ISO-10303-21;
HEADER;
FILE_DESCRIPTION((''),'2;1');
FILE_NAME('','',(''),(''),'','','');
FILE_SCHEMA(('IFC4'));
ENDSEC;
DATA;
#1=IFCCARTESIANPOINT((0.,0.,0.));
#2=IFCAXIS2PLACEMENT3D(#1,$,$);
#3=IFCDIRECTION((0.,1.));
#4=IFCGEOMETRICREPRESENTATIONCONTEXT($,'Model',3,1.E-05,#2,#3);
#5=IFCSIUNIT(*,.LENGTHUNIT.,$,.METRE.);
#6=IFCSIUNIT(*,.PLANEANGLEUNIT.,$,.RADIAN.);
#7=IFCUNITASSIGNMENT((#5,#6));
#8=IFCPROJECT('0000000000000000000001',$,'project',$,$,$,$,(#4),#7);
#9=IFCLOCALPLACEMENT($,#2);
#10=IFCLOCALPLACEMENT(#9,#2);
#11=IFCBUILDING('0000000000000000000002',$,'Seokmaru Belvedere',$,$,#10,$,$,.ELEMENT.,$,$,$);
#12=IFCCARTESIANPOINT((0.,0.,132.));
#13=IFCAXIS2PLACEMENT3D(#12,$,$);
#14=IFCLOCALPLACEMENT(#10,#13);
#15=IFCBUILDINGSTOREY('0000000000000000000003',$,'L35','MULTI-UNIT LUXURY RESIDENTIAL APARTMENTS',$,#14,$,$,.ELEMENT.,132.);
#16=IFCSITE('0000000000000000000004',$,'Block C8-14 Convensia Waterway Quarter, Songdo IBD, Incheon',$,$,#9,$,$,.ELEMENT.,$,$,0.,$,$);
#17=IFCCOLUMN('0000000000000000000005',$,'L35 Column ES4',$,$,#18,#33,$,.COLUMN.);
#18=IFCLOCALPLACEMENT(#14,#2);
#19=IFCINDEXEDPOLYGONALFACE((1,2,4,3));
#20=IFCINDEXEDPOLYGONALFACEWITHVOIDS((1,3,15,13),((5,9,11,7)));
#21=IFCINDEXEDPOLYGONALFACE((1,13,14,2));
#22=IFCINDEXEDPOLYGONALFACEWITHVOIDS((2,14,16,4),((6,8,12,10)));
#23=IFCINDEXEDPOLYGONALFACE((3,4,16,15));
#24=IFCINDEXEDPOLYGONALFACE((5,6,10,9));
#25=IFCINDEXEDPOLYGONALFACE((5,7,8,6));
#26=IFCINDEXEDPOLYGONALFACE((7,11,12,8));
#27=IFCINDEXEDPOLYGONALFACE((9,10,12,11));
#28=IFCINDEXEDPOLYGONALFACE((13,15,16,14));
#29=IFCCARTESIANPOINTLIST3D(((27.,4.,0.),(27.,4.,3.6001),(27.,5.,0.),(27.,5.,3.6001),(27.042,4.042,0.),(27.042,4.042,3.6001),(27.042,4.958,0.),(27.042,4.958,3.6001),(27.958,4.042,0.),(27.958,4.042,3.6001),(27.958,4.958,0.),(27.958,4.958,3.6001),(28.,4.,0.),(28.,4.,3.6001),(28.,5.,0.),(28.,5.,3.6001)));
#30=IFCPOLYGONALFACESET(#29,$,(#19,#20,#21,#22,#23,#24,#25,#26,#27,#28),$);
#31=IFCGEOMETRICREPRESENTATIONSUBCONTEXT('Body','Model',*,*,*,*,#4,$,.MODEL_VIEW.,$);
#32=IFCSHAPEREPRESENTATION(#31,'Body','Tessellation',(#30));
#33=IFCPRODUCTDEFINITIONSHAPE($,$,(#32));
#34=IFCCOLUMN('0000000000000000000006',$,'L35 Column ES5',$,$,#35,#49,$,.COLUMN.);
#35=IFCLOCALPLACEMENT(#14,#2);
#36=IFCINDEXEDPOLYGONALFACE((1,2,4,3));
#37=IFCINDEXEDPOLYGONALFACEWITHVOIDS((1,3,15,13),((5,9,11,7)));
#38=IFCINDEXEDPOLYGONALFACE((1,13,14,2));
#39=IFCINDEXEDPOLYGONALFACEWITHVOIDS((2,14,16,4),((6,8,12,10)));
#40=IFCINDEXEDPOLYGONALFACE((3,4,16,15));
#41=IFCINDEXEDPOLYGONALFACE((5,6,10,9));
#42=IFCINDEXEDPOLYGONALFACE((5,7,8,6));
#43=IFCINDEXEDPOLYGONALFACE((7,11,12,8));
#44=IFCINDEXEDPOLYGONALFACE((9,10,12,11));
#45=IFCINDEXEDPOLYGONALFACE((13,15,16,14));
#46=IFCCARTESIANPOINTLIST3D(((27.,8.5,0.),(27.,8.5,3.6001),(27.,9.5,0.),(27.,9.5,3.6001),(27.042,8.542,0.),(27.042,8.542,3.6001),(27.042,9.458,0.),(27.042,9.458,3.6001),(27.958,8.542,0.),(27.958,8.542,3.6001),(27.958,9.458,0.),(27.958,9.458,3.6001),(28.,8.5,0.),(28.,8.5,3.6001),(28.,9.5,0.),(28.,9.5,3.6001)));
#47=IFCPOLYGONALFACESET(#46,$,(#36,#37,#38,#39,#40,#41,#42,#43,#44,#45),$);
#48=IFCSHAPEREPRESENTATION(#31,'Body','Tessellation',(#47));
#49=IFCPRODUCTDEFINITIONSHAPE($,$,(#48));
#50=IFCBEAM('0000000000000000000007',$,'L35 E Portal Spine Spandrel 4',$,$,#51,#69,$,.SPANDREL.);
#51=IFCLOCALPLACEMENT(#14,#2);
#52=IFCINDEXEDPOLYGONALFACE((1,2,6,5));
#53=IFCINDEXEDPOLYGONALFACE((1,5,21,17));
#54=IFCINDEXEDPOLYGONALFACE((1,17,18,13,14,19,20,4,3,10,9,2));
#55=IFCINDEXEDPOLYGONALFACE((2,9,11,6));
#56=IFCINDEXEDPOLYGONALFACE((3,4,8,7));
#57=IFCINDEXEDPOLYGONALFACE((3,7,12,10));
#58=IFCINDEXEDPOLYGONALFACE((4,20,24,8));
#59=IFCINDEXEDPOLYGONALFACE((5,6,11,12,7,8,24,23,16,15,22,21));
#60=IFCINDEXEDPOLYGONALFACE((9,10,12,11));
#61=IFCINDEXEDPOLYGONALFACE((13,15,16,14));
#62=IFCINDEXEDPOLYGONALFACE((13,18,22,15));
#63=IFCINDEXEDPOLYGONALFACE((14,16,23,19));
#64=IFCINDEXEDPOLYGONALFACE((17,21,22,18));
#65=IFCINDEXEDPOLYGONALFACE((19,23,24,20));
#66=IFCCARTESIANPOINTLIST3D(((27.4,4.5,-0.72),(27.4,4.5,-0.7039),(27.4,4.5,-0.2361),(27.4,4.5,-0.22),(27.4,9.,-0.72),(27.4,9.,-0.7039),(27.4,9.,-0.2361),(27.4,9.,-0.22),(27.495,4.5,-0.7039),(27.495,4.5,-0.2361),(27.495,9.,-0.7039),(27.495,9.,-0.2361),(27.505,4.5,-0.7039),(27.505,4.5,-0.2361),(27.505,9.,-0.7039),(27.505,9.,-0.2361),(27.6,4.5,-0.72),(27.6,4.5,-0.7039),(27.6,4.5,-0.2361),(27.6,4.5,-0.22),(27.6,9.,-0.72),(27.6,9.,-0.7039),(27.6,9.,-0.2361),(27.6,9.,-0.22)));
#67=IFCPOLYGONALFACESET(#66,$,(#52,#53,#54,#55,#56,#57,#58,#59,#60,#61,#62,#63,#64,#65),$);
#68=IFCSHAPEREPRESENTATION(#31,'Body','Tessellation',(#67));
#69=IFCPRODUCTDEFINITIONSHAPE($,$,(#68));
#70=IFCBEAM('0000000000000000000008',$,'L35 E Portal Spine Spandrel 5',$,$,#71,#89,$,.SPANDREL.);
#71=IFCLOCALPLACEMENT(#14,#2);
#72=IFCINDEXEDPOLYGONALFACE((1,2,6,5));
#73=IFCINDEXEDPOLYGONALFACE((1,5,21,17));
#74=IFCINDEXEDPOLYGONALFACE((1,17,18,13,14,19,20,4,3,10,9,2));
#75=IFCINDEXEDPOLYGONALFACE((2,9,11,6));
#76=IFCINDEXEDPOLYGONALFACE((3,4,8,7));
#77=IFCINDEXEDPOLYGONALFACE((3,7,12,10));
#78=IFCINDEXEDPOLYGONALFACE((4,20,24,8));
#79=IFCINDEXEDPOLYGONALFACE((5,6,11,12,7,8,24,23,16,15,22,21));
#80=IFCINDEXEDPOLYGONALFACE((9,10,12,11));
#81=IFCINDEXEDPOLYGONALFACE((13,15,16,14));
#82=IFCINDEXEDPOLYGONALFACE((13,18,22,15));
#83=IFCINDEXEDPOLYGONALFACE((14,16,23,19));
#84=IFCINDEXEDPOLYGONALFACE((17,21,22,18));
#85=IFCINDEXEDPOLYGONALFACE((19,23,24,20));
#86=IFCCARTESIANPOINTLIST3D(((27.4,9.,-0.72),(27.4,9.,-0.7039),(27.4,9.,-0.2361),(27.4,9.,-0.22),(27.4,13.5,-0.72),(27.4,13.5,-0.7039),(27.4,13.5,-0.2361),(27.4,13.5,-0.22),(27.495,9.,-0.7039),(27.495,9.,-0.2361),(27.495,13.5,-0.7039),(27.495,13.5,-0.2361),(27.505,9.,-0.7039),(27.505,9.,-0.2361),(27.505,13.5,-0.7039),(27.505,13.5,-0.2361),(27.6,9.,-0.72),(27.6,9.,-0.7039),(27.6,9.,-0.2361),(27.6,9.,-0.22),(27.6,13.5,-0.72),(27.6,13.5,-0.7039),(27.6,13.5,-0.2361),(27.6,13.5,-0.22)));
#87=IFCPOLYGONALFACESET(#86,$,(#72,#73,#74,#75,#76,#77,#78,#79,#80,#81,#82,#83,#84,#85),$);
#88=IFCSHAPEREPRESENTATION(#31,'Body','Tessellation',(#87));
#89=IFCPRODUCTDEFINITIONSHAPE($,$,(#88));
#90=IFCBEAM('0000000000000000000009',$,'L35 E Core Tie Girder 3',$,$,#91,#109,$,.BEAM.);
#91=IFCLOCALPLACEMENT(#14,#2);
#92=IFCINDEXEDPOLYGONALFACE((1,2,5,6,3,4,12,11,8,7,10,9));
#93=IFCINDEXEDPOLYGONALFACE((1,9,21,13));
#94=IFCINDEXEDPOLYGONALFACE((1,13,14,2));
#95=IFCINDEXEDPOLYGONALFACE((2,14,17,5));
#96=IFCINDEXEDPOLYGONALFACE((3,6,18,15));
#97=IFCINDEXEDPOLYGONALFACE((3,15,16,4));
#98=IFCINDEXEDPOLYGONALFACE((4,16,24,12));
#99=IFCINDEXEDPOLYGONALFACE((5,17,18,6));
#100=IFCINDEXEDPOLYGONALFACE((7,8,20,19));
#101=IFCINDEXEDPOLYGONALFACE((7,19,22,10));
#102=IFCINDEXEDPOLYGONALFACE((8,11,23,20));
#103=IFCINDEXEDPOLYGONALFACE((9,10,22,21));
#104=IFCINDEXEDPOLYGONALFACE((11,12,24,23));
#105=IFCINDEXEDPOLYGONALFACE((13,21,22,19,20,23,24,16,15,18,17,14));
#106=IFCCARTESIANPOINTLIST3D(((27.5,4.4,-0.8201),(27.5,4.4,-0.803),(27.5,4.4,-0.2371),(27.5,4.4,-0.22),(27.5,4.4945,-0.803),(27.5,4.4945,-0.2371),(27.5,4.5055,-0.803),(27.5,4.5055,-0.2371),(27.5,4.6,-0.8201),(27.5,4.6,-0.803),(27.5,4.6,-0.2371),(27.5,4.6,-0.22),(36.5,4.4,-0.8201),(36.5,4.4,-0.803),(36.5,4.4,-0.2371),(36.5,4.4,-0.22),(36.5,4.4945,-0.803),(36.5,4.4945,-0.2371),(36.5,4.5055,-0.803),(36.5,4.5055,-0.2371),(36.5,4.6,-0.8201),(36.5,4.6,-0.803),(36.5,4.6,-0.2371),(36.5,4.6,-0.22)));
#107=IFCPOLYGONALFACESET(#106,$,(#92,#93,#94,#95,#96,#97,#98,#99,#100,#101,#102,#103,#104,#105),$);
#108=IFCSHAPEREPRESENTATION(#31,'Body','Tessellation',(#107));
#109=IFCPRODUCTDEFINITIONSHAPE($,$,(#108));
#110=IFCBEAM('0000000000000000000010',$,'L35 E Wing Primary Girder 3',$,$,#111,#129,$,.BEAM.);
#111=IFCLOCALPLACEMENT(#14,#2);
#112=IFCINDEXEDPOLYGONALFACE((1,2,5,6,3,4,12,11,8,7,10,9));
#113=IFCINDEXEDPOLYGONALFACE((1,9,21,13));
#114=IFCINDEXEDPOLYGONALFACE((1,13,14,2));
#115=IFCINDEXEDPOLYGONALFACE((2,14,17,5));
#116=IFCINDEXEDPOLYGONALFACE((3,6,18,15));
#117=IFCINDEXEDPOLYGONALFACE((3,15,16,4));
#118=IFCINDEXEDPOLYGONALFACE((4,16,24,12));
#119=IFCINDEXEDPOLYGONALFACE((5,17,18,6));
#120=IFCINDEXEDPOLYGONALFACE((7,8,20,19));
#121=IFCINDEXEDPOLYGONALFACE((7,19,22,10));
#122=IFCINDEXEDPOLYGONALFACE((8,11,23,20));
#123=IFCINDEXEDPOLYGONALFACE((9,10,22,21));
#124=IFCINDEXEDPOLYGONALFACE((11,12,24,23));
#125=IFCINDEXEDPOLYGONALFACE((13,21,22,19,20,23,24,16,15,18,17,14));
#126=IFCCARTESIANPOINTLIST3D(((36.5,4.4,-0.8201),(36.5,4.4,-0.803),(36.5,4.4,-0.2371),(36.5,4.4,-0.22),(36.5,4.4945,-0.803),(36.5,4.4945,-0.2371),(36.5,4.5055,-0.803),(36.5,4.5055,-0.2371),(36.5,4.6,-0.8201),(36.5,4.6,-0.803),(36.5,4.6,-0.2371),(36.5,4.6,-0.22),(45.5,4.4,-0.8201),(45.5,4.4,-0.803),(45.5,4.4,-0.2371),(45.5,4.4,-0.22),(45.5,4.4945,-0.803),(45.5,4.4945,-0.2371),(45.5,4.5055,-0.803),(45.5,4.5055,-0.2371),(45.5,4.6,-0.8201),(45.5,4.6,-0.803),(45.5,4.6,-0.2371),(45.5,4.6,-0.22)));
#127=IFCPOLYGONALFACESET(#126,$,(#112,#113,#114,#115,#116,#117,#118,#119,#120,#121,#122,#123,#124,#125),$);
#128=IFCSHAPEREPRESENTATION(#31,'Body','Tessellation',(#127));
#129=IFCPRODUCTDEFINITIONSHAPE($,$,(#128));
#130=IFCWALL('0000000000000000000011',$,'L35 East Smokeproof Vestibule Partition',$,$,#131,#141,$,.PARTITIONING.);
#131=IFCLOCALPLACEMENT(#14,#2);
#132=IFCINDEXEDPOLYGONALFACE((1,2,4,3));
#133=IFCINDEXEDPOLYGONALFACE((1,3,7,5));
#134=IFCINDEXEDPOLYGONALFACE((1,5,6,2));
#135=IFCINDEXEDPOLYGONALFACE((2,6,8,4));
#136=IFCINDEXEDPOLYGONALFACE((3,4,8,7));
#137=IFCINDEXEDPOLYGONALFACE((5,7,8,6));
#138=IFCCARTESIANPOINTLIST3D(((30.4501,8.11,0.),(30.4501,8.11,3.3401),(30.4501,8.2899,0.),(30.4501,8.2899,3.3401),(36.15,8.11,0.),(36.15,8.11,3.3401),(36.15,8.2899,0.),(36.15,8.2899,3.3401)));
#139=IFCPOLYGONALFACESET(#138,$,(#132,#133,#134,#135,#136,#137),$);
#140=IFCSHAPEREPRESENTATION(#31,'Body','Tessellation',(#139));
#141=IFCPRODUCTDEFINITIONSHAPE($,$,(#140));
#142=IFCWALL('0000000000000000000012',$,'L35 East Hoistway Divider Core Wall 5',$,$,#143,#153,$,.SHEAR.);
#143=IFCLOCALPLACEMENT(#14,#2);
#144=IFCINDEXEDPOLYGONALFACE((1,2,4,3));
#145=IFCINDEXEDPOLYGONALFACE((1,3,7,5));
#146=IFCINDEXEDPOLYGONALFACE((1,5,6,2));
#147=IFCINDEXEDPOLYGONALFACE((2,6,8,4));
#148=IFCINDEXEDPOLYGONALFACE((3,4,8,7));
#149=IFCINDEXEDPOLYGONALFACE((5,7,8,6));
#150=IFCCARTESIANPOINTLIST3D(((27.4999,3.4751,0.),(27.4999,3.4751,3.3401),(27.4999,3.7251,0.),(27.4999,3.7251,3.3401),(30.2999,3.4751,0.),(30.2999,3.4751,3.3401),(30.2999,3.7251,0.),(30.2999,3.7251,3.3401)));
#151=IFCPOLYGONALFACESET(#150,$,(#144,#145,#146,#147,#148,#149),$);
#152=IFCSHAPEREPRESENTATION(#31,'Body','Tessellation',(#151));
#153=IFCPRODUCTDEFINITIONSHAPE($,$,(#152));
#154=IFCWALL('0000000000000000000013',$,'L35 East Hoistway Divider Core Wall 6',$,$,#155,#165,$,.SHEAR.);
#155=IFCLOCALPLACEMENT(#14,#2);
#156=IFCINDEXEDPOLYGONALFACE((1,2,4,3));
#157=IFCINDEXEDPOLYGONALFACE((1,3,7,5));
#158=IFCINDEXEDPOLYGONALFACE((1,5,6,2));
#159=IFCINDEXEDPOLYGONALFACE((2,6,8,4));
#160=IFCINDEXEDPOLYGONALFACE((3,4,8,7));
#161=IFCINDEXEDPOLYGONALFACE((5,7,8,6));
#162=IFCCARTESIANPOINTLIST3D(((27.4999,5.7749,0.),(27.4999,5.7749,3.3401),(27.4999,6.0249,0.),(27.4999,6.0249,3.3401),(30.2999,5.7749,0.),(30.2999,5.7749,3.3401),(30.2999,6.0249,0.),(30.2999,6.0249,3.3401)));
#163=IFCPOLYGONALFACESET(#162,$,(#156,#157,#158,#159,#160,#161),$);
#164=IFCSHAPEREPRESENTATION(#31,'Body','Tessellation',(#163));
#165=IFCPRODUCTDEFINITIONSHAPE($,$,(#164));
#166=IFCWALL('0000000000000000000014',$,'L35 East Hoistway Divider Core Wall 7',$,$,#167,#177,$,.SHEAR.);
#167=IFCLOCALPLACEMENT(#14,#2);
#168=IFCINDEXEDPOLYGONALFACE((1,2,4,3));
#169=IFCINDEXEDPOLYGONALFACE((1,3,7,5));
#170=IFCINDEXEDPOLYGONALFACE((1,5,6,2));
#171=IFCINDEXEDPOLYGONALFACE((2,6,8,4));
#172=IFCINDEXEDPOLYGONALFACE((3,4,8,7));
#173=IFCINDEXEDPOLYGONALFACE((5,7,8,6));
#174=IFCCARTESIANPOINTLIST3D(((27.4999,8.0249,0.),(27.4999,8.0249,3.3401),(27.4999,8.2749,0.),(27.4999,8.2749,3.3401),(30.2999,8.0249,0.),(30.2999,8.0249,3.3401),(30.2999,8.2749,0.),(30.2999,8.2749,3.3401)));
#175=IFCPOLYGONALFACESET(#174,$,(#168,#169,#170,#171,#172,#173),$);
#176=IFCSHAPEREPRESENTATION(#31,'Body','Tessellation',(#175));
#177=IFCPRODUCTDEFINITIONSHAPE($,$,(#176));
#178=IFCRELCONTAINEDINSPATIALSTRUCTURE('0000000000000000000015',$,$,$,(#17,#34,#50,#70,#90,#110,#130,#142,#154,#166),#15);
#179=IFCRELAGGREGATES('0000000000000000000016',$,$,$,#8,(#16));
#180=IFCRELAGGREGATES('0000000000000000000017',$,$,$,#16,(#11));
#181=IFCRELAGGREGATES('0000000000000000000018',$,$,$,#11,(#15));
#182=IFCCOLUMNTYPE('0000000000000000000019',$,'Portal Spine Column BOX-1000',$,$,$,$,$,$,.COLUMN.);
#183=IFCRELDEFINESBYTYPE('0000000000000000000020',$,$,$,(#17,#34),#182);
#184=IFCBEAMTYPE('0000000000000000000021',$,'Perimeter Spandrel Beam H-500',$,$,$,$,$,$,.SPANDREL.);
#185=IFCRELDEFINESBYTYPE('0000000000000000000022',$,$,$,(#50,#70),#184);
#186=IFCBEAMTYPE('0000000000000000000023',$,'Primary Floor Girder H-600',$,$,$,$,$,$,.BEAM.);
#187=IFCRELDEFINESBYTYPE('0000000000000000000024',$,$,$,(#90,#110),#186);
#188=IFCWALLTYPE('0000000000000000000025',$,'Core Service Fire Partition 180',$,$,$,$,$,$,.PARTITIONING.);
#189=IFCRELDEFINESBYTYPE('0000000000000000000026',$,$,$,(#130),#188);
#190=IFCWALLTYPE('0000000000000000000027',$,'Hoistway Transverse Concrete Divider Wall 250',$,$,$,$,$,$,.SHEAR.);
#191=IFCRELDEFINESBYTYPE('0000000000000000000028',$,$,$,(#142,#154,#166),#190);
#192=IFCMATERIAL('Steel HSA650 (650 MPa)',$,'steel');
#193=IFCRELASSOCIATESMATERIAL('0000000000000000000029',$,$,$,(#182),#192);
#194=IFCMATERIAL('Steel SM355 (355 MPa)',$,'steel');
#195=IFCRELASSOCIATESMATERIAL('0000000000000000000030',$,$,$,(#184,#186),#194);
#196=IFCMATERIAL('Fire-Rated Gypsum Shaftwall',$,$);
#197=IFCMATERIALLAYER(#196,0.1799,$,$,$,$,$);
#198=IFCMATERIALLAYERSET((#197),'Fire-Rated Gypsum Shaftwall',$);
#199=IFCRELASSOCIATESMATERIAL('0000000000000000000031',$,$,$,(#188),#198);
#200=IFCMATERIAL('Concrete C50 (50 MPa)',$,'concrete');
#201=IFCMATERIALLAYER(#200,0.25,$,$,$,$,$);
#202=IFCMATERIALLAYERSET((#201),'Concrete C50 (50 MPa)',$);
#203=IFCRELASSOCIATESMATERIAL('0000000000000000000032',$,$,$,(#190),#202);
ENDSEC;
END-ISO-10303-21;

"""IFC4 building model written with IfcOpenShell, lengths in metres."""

from ifc_helpers import new_model, si_unit, direction, frame, frame_2d, origin, origin_2d, place, context, subcontext, project, spatial, rectangle, hollow_rectangle, i_section, extrude, source, transform, mapped, material, layer, layer_set, material_profile, profile_set, type_object, type_shapes, element, save


model = new_model("IFC4")

# Units and contexts
model_context = context("Model", 3, precision=1e-05, world=origin(), true_north=direction((0.0, 1.0)))
body_context = subcontext(model_context, "Body", "Model", "MODEL_VIEW")
ifc_project = project(units=[si_unit("LENGTHUNIT", "METRE"), si_unit("PLANEANGLEUNIT", "RADIAN")], contexts=[model_context])

# Site, building, storey
site_placement = place(None, origin())
site = spatial("IfcSite", under=ifc_project, at=site_placement, Name="Block C8-14 Convensia Waterway Quarter, Songdo IBD, Incheon", CompositionType="ELEMENT", RefElevation=0.0)
building_placement = place(site_placement, origin())
building = spatial("IfcBuilding", under=site, at=building_placement, Name="Seokmaru Belvedere", CompositionType="ELEMENT")
storey_placement = place(building_placement, frame((0.0, 0.0, 132.0)))
storey = spatial("IfcBuildingStorey", under=building, at=storey_placement, Name="L35", Description="MULTI-UNIT LUXURY RESIDENTIAL APARTMENTS", CompositionType="ELEMENT", Elevation=132.0)

# Columns
ifc_material_1 = material(Name="Steel HSA650 (650 MPa)", Category="steel")
ifc_material_profile_1 = material_profile(ifc_material_1, hollow_rectangle(XDim=1.0, YDim=1.0, WallThickness=0.042, at=origin_2d()), Name="BOX-1000x1000x42")
ifc_profile_set_1 = profile_set([ifc_material_profile_1], Name="Steel HSA650 (650 MPa)")
column_type = type_object("IfcColumnType", Name="Portal Spine Column BOX-1000", PredefinedType="COLUMN", material=ifc_profile_set_1)
shared_shape_1 = source(origin(), body_context, "Body", "SweptSolid", [
    extrude(hollow_rectangle(XDim=1.0, YDim=1.0, WallThickness=0.042, at=origin_2d()), origin(), (0.0, 0.0, 1.0), 3.6001),
])
type_shapes(column_type, [shared_shape_1])
for number, where, z_axis, x_axis, name in (
    (1, (27.5, 4.5, 0.0), (0.0, 0.0, 1.0), (1.0, 0.0, 0.0), "L35 Column ES4"),
    (2, (27.5, 9.0, 0.0), (0.0, 0.0, 1.0), (1.0, 0.0, 0.0), "L35 Column ES5"),
):
    element("IfcColumn", number, at=place(storey_placement, frame(where, z_axis=z_axis, x_axis=x_axis)), inside=storey, type_object=column_type, Name=name, PredefinedType="COLUMN", context=body_context, shape_type="MappedRepresentation", body=[
        mapped(shared_shape_1, transform((0.0, 0.0, 0.0), scale=1.0)),
    ])

# Beams
ifc_material_2 = material(Name="Steel SM355 (355 MPa)", Category="steel")
ifc_material_profile_2 = material_profile(ifc_material_2, i_section(OverallWidth=0.2, OverallDepth=0.5, WebThickness=0.01, FlangeThickness=0.0161, at=origin_2d()), Name="H-500x200x10x16")
ifc_profile_set_2 = profile_set([ifc_material_profile_2], Name="Steel SM355 (355 MPa)")
beam_type_1 = type_object("IfcBeamType", Name="Perimeter Spandrel Beam H-500", PredefinedType="SPANDREL", material=ifc_profile_set_2)
shared_shape_2 = source(origin(), body_context, "Body", "SweptSolid", [
    extrude(i_section(OverallWidth=0.2, OverallDepth=0.5, WebThickness=0.01, FlangeThickness=0.0161, at=origin_2d()), origin(), (0.0, 0.0, 1.0), 4.5),
])
type_shapes(beam_type_1, [shared_shape_2])
for number, where, z_axis, x_axis, name in (
    (3, (27.5, 4.5, -0.47), (0.0, 1.0, 0.0), (-1.0, 0.0, 0.0), "L35 E Portal Spine Spandrel 4"),
    (4, (27.5, 9.0, -0.47), (0.0, 1.0, 0.0), (-1.0, 0.0, 0.0), "L35 E Portal Spine Spandrel 5"),
):
    element("IfcBeam", number, at=place(storey_placement, frame(where, z_axis=z_axis, x_axis=x_axis)), inside=storey, type_object=beam_type_1, Name=name, PredefinedType="SPANDREL", context=body_context, shape_type="MappedRepresentation", body=[
        mapped(shared_shape_2, transform((0.0, 0.0, 0.0), scale=1.0)),
    ])
ifc_material_profile_3 = material_profile(ifc_material_2, i_section(OverallWidth=0.2, OverallDepth=0.6001, WebThickness=0.011, FlangeThickness=0.0171, at=origin_2d()), Name="H-600x200x11x17")
ifc_profile_set_3 = profile_set([ifc_material_profile_3], Name="Steel SM355 (355 MPa)")
beam_type_2 = type_object("IfcBeamType", Name="Primary Floor Girder H-600", PredefinedType="BEAM", material=ifc_profile_set_3)
shared_shape_3 = source(origin(), body_context, "Body", "SweptSolid", [
    extrude(i_section(OverallWidth=0.2, OverallDepth=0.6001, WebThickness=0.011, FlangeThickness=0.0171, at=origin_2d()), origin(), (0.0, 0.0, 1.0), 9.0),
])
type_shapes(beam_type_2, [shared_shape_3])
for number, where, z_axis, x_axis, name in (
    (5, (27.5, 4.5, -0.52), (1.0, 0.0, 0.0), (0.0, 1.0, 0.0), "L35 E Core Tie Girder 3"),
    (6, (36.5, 4.5, -0.52), (1.0, 0.0, 0.0), (0.0, 1.0, 0.0), "L35 E Wing Primary Girder 3"),
):
    element("IfcBeam", number, at=place(storey_placement, frame(where, z_axis=z_axis, x_axis=x_axis)), inside=storey, type_object=beam_type_2, Name=name, PredefinedType="BEAM", context=body_context, shape_type="MappedRepresentation", body=[
        mapped(shared_shape_3, transform((0.0, 0.0, 0.0), scale=1.0)),
    ])

# Walls
ifc_material_3 = material(Name="Fire-Rated Gypsum Shaftwall")
ifc_layer_1 = layer(ifc_material_3, 0.1799)
ifc_layer_set_1 = layer_set([ifc_layer_1], Name="Fire-Rated Gypsum Shaftwall")
wall_type_1 = type_object("IfcWallType", Name="Core Service Fire Partition 180", PredefinedType="PARTITIONING", material=ifc_layer_set_1)
wall_1_placement = place(storey_placement, frame((30.45, 8.2, 0.0), z_axis=(0.0, 0.0, 1.0), x_axis=(1.0, 0.0, 0.0)))
element("IfcWall", 7, at=wall_1_placement, inside=storey, type_object=wall_type_1, Name="L35 East Smokeproof Vestibule Partition", PredefinedType="PARTITIONING", context=body_context, shape_type="SweptSolid", body=[
    extrude(rectangle(XDim=5.7, YDim=0.1799, at=frame_2d((2.8501, 0.0))), origin(), (0.0, 0.0, 1.0), 3.3401),
])
ifc_material_4 = material(Name="Concrete C50 (50 MPa)", Category="concrete")
ifc_layer_2 = layer(ifc_material_4, 0.25)
ifc_layer_set_2 = layer_set([ifc_layer_2], Name="Concrete C50 (50 MPa)")
wall_type_2 = type_object("IfcWallType", Name="Hoistway Transverse Concrete Divider Wall 250", PredefinedType="SHEAR", material=ifc_layer_set_2)
for number, where, z_axis, x_axis, name in (
    (8, (27.5, 3.6001, 0.0), (0.0, 0.0, 1.0), (1.0, 0.0, 0.0), "L35 East Hoistway Divider Core Wall 5"),
    (9, (27.5, 5.8999, 0.0), (0.0, 0.0, 1.0), (1.0, 0.0, 0.0), "L35 East Hoistway Divider Core Wall 6"),
    (10, (27.5, 8.1499, 0.0), (0.0, 0.0, 1.0), (1.0, 0.0, 0.0), "L35 East Hoistway Divider Core Wall 7"),
):
    element("IfcWall", number, at=place(storey_placement, frame(where, z_axis=z_axis, x_axis=x_axis)), inside=storey, type_object=wall_type_2, Name=name, PredefinedType="SHEAR", context=body_context, shape_type="SweptSolid", body=[
        extrude(rectangle(XDim=2.8, YDim=0.25, at=frame_2d((1.3999, 0.0))), origin(), (0.0, 0.0, 1.0), 3.3401),
    ])

save(model, "model.ifc")
